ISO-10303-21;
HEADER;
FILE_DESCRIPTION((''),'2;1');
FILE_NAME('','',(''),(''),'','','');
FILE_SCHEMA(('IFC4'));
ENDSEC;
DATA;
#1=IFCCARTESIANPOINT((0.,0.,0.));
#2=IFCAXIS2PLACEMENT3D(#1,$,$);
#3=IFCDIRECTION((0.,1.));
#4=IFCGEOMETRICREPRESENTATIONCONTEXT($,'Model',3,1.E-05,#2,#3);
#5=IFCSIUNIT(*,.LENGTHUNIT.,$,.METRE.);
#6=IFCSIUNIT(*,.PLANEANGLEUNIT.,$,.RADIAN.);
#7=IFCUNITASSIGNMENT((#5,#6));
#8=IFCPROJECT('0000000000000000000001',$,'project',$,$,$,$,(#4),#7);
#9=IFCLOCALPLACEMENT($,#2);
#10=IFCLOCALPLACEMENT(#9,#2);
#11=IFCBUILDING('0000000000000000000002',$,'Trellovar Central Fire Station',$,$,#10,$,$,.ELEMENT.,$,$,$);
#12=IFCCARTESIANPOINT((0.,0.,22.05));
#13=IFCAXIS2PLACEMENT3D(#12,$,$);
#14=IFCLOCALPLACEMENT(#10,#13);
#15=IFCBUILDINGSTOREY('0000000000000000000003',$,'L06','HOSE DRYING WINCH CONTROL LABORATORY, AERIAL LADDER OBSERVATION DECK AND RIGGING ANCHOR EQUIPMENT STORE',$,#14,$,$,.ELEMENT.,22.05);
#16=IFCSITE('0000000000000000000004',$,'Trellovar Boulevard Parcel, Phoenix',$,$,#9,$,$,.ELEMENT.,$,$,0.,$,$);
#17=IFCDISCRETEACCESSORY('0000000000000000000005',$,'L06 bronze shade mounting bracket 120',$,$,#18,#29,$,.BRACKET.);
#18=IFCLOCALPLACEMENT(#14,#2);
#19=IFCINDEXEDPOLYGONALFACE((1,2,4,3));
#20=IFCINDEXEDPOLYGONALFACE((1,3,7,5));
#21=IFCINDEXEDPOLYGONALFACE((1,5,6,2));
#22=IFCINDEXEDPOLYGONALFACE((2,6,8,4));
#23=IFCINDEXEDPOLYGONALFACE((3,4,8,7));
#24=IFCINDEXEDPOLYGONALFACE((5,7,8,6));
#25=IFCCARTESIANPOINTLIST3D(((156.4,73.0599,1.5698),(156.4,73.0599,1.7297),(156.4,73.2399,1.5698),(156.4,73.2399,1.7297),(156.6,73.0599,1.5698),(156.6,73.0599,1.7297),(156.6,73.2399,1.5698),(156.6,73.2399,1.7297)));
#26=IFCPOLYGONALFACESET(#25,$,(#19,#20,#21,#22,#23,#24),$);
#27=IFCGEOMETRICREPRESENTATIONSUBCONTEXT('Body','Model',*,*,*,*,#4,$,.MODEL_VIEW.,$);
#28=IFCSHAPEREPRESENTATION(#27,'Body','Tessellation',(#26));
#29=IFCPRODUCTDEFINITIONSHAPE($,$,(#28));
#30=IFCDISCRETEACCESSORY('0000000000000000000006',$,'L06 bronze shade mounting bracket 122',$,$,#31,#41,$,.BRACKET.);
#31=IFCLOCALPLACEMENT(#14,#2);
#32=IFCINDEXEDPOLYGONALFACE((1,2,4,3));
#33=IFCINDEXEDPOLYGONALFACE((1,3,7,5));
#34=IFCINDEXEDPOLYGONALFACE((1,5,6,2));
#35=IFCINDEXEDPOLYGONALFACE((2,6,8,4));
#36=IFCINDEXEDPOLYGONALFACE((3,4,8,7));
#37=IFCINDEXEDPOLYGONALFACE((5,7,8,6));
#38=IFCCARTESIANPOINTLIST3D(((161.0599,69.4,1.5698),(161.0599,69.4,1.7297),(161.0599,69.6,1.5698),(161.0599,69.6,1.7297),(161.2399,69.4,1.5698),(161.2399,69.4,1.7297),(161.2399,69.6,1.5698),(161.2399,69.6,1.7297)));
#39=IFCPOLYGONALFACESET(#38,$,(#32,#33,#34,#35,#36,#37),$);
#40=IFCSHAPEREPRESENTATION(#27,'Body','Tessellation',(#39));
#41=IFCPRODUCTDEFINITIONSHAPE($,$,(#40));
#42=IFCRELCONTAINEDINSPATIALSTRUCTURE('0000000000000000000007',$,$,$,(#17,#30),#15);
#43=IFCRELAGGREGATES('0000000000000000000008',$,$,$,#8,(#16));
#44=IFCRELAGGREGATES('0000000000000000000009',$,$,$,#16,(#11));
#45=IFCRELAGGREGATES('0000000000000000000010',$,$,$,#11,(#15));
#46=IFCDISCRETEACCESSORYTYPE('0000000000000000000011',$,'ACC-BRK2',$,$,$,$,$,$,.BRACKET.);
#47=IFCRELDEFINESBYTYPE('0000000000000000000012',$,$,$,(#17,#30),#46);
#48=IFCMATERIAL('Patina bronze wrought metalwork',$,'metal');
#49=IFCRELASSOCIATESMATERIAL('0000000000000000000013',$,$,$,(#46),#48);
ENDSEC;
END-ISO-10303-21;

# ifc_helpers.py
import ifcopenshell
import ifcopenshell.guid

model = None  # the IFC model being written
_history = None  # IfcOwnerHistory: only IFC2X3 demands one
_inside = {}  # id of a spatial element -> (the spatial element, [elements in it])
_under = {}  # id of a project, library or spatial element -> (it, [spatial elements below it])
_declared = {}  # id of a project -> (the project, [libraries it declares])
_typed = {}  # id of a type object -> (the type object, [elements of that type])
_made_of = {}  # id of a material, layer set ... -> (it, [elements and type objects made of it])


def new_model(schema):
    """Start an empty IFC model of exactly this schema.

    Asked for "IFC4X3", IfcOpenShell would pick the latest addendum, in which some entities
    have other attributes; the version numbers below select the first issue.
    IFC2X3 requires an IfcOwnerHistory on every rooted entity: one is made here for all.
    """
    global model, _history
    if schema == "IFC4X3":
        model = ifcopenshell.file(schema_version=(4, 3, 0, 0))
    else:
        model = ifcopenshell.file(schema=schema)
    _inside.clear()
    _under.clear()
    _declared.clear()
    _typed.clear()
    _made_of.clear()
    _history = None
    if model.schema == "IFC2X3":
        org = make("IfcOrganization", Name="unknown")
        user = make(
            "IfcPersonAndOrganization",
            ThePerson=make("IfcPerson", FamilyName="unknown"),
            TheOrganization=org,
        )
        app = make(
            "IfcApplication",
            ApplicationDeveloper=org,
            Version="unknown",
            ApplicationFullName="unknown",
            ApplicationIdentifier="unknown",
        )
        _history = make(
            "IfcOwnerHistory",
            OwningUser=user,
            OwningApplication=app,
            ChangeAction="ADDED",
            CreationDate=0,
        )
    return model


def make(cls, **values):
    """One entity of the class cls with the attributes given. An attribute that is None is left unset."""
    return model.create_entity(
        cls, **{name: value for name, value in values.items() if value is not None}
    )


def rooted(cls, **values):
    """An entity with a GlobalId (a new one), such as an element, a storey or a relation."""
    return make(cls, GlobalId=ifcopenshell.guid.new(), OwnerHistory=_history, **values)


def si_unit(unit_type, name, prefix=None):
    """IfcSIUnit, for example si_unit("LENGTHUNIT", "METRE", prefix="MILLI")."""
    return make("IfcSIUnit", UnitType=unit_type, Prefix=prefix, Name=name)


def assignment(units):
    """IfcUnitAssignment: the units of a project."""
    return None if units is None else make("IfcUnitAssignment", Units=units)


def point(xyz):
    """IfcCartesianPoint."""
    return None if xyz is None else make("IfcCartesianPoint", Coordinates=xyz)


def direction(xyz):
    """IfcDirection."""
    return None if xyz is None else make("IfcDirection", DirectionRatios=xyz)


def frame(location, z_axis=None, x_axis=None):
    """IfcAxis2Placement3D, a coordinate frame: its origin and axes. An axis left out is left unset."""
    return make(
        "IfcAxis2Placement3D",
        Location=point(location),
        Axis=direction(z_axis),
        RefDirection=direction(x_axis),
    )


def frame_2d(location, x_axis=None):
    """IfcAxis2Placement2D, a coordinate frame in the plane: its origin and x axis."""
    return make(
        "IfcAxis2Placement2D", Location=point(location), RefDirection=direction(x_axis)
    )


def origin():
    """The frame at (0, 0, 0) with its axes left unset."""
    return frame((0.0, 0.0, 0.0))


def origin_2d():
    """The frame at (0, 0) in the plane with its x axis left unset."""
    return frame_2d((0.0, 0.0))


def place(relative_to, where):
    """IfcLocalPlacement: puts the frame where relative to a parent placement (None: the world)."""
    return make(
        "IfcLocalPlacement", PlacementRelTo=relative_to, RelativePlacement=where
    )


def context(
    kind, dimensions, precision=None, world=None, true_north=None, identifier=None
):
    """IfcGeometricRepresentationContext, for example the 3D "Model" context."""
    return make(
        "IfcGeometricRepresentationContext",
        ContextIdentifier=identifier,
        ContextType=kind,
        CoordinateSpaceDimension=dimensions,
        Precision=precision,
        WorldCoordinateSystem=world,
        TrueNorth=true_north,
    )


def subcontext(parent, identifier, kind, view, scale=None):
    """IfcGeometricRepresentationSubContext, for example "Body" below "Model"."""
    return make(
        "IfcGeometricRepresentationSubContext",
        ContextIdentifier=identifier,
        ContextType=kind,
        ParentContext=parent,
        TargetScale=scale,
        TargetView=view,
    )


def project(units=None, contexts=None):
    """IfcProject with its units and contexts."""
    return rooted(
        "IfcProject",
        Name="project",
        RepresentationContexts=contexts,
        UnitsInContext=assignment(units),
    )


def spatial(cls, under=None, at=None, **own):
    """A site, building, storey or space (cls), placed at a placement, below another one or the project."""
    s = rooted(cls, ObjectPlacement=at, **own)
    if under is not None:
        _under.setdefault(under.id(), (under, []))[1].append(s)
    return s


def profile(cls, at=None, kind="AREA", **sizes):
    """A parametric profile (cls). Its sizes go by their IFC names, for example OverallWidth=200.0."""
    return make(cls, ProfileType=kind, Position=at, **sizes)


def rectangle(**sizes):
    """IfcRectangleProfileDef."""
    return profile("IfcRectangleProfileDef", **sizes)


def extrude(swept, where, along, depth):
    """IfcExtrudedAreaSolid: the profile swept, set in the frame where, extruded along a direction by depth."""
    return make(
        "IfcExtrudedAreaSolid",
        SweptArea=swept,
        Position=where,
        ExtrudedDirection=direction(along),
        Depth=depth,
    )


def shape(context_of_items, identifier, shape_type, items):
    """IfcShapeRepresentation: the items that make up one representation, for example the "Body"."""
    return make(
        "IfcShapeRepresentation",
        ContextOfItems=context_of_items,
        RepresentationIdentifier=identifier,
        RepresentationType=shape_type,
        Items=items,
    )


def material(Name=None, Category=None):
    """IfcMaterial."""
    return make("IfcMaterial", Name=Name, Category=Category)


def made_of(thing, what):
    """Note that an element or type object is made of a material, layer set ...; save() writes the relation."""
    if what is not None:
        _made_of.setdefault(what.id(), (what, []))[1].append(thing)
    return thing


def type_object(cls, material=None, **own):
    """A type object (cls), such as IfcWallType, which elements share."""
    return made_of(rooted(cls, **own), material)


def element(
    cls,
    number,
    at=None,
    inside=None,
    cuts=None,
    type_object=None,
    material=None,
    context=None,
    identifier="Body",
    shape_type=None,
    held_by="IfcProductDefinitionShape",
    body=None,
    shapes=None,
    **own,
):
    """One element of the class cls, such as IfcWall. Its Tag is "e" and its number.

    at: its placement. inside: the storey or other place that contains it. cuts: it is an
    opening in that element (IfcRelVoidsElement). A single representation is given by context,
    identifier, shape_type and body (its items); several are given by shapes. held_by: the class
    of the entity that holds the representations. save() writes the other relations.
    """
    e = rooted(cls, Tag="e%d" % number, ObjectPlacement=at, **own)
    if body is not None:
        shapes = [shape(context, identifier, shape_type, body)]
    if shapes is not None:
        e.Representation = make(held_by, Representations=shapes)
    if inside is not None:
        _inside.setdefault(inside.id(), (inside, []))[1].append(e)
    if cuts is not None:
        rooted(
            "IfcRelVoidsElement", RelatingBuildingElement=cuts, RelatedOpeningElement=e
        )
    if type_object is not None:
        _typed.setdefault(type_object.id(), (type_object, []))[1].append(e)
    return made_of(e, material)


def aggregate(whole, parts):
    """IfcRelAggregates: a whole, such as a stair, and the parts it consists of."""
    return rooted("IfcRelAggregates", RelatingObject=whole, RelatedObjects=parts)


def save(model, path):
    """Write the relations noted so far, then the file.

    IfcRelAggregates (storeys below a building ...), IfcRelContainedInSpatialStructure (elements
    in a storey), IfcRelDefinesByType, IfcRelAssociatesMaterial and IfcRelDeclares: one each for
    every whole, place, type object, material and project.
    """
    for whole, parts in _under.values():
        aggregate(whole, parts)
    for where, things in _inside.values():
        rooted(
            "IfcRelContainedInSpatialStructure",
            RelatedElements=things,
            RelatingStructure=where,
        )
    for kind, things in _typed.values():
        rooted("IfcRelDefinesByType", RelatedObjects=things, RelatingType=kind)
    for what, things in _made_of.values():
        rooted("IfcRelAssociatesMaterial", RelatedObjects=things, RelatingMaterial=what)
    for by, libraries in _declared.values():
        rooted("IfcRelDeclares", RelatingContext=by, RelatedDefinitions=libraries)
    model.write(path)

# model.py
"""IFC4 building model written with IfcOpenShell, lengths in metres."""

from ifc_helpers import new_model, si_unit, direction, frame, origin, origin_2d, place, context, subcontext, project, spatial, rectangle, extrude, material, type_object, element, save


model = new_model("IFC4")

# Units and contexts
model_context = context("Model", 3, precision=1e-05, world=origin(), true_north=direction((0.0, 1.0)))
body_context = subcontext(model_context, "Body", "Model", "MODEL_VIEW")
ifc_project = project(units=[si_unit("LENGTHUNIT", "METRE"), si_unit("PLANEANGLEUNIT", "RADIAN")], contexts=[model_context])

# Site, building, storey
site_placement = place(None, origin())
site = spatial("IfcSite", under=ifc_project, at=site_placement, Name="Trellovar Boulevard Parcel, Phoenix", CompositionType="ELEMENT", RefElevation=0.0)
building_placement = place(site_placement, origin())
building = spatial("IfcBuilding", under=site, at=building_placement, Name="Trellovar Central Fire Station", CompositionType="ELEMENT")
storey_placement = place(building_placement, frame((0.0, 0.0, 22.05)))
storey = spatial("IfcBuildingStorey", under=building, at=storey_placement, Name="L06", Description="HOSE DRYING WINCH CONTROL LABORATORY, AERIAL LADDER OBSERVATION DECK AND RIGGING ANCHOR EQUIPMENT STORE", CompositionType="ELEMENT", Elevation=22.05)

# Discrete accessories
ifc_material_1 = material(Name="Patina bronze wrought metalwork", Category="metal")
discrete_accessory_type = type_object("IfcDiscreteAccessoryType", Name="ACC-BRK2", PredefinedType="BRACKET", material=ifc_material_1)
for number, where, z_axis, x_axis, name in (
    (1, (156.5, 73.1499, 1.5698), (0.0, 0.0, 1.0), (1.0, 0.0, 0.0), "L06 bronze shade mounting bracket 120"),
    (2, (161.1499, 69.5, 1.5698), (0.0, 0.0, 1.0), (0.0, 1.0, 0.0), "L06 bronze shade mounting bracket 122"),
):
    element("IfcDiscreteAccessory", number, at=place(storey_placement, frame(where, z_axis=z_axis, x_axis=x_axis)), inside=storey, type_object=discrete_accessory_type, Name=name, PredefinedType="BRACKET", context=body_context, shape_type="SweptSolid", body=[
        extrude(rectangle(XDim=0.2, YDim=0.1799, at=origin_2d()), origin(), (0.0, 0.0, 1.0), 0.1599),
    ])

save(model, "model.ifc")
